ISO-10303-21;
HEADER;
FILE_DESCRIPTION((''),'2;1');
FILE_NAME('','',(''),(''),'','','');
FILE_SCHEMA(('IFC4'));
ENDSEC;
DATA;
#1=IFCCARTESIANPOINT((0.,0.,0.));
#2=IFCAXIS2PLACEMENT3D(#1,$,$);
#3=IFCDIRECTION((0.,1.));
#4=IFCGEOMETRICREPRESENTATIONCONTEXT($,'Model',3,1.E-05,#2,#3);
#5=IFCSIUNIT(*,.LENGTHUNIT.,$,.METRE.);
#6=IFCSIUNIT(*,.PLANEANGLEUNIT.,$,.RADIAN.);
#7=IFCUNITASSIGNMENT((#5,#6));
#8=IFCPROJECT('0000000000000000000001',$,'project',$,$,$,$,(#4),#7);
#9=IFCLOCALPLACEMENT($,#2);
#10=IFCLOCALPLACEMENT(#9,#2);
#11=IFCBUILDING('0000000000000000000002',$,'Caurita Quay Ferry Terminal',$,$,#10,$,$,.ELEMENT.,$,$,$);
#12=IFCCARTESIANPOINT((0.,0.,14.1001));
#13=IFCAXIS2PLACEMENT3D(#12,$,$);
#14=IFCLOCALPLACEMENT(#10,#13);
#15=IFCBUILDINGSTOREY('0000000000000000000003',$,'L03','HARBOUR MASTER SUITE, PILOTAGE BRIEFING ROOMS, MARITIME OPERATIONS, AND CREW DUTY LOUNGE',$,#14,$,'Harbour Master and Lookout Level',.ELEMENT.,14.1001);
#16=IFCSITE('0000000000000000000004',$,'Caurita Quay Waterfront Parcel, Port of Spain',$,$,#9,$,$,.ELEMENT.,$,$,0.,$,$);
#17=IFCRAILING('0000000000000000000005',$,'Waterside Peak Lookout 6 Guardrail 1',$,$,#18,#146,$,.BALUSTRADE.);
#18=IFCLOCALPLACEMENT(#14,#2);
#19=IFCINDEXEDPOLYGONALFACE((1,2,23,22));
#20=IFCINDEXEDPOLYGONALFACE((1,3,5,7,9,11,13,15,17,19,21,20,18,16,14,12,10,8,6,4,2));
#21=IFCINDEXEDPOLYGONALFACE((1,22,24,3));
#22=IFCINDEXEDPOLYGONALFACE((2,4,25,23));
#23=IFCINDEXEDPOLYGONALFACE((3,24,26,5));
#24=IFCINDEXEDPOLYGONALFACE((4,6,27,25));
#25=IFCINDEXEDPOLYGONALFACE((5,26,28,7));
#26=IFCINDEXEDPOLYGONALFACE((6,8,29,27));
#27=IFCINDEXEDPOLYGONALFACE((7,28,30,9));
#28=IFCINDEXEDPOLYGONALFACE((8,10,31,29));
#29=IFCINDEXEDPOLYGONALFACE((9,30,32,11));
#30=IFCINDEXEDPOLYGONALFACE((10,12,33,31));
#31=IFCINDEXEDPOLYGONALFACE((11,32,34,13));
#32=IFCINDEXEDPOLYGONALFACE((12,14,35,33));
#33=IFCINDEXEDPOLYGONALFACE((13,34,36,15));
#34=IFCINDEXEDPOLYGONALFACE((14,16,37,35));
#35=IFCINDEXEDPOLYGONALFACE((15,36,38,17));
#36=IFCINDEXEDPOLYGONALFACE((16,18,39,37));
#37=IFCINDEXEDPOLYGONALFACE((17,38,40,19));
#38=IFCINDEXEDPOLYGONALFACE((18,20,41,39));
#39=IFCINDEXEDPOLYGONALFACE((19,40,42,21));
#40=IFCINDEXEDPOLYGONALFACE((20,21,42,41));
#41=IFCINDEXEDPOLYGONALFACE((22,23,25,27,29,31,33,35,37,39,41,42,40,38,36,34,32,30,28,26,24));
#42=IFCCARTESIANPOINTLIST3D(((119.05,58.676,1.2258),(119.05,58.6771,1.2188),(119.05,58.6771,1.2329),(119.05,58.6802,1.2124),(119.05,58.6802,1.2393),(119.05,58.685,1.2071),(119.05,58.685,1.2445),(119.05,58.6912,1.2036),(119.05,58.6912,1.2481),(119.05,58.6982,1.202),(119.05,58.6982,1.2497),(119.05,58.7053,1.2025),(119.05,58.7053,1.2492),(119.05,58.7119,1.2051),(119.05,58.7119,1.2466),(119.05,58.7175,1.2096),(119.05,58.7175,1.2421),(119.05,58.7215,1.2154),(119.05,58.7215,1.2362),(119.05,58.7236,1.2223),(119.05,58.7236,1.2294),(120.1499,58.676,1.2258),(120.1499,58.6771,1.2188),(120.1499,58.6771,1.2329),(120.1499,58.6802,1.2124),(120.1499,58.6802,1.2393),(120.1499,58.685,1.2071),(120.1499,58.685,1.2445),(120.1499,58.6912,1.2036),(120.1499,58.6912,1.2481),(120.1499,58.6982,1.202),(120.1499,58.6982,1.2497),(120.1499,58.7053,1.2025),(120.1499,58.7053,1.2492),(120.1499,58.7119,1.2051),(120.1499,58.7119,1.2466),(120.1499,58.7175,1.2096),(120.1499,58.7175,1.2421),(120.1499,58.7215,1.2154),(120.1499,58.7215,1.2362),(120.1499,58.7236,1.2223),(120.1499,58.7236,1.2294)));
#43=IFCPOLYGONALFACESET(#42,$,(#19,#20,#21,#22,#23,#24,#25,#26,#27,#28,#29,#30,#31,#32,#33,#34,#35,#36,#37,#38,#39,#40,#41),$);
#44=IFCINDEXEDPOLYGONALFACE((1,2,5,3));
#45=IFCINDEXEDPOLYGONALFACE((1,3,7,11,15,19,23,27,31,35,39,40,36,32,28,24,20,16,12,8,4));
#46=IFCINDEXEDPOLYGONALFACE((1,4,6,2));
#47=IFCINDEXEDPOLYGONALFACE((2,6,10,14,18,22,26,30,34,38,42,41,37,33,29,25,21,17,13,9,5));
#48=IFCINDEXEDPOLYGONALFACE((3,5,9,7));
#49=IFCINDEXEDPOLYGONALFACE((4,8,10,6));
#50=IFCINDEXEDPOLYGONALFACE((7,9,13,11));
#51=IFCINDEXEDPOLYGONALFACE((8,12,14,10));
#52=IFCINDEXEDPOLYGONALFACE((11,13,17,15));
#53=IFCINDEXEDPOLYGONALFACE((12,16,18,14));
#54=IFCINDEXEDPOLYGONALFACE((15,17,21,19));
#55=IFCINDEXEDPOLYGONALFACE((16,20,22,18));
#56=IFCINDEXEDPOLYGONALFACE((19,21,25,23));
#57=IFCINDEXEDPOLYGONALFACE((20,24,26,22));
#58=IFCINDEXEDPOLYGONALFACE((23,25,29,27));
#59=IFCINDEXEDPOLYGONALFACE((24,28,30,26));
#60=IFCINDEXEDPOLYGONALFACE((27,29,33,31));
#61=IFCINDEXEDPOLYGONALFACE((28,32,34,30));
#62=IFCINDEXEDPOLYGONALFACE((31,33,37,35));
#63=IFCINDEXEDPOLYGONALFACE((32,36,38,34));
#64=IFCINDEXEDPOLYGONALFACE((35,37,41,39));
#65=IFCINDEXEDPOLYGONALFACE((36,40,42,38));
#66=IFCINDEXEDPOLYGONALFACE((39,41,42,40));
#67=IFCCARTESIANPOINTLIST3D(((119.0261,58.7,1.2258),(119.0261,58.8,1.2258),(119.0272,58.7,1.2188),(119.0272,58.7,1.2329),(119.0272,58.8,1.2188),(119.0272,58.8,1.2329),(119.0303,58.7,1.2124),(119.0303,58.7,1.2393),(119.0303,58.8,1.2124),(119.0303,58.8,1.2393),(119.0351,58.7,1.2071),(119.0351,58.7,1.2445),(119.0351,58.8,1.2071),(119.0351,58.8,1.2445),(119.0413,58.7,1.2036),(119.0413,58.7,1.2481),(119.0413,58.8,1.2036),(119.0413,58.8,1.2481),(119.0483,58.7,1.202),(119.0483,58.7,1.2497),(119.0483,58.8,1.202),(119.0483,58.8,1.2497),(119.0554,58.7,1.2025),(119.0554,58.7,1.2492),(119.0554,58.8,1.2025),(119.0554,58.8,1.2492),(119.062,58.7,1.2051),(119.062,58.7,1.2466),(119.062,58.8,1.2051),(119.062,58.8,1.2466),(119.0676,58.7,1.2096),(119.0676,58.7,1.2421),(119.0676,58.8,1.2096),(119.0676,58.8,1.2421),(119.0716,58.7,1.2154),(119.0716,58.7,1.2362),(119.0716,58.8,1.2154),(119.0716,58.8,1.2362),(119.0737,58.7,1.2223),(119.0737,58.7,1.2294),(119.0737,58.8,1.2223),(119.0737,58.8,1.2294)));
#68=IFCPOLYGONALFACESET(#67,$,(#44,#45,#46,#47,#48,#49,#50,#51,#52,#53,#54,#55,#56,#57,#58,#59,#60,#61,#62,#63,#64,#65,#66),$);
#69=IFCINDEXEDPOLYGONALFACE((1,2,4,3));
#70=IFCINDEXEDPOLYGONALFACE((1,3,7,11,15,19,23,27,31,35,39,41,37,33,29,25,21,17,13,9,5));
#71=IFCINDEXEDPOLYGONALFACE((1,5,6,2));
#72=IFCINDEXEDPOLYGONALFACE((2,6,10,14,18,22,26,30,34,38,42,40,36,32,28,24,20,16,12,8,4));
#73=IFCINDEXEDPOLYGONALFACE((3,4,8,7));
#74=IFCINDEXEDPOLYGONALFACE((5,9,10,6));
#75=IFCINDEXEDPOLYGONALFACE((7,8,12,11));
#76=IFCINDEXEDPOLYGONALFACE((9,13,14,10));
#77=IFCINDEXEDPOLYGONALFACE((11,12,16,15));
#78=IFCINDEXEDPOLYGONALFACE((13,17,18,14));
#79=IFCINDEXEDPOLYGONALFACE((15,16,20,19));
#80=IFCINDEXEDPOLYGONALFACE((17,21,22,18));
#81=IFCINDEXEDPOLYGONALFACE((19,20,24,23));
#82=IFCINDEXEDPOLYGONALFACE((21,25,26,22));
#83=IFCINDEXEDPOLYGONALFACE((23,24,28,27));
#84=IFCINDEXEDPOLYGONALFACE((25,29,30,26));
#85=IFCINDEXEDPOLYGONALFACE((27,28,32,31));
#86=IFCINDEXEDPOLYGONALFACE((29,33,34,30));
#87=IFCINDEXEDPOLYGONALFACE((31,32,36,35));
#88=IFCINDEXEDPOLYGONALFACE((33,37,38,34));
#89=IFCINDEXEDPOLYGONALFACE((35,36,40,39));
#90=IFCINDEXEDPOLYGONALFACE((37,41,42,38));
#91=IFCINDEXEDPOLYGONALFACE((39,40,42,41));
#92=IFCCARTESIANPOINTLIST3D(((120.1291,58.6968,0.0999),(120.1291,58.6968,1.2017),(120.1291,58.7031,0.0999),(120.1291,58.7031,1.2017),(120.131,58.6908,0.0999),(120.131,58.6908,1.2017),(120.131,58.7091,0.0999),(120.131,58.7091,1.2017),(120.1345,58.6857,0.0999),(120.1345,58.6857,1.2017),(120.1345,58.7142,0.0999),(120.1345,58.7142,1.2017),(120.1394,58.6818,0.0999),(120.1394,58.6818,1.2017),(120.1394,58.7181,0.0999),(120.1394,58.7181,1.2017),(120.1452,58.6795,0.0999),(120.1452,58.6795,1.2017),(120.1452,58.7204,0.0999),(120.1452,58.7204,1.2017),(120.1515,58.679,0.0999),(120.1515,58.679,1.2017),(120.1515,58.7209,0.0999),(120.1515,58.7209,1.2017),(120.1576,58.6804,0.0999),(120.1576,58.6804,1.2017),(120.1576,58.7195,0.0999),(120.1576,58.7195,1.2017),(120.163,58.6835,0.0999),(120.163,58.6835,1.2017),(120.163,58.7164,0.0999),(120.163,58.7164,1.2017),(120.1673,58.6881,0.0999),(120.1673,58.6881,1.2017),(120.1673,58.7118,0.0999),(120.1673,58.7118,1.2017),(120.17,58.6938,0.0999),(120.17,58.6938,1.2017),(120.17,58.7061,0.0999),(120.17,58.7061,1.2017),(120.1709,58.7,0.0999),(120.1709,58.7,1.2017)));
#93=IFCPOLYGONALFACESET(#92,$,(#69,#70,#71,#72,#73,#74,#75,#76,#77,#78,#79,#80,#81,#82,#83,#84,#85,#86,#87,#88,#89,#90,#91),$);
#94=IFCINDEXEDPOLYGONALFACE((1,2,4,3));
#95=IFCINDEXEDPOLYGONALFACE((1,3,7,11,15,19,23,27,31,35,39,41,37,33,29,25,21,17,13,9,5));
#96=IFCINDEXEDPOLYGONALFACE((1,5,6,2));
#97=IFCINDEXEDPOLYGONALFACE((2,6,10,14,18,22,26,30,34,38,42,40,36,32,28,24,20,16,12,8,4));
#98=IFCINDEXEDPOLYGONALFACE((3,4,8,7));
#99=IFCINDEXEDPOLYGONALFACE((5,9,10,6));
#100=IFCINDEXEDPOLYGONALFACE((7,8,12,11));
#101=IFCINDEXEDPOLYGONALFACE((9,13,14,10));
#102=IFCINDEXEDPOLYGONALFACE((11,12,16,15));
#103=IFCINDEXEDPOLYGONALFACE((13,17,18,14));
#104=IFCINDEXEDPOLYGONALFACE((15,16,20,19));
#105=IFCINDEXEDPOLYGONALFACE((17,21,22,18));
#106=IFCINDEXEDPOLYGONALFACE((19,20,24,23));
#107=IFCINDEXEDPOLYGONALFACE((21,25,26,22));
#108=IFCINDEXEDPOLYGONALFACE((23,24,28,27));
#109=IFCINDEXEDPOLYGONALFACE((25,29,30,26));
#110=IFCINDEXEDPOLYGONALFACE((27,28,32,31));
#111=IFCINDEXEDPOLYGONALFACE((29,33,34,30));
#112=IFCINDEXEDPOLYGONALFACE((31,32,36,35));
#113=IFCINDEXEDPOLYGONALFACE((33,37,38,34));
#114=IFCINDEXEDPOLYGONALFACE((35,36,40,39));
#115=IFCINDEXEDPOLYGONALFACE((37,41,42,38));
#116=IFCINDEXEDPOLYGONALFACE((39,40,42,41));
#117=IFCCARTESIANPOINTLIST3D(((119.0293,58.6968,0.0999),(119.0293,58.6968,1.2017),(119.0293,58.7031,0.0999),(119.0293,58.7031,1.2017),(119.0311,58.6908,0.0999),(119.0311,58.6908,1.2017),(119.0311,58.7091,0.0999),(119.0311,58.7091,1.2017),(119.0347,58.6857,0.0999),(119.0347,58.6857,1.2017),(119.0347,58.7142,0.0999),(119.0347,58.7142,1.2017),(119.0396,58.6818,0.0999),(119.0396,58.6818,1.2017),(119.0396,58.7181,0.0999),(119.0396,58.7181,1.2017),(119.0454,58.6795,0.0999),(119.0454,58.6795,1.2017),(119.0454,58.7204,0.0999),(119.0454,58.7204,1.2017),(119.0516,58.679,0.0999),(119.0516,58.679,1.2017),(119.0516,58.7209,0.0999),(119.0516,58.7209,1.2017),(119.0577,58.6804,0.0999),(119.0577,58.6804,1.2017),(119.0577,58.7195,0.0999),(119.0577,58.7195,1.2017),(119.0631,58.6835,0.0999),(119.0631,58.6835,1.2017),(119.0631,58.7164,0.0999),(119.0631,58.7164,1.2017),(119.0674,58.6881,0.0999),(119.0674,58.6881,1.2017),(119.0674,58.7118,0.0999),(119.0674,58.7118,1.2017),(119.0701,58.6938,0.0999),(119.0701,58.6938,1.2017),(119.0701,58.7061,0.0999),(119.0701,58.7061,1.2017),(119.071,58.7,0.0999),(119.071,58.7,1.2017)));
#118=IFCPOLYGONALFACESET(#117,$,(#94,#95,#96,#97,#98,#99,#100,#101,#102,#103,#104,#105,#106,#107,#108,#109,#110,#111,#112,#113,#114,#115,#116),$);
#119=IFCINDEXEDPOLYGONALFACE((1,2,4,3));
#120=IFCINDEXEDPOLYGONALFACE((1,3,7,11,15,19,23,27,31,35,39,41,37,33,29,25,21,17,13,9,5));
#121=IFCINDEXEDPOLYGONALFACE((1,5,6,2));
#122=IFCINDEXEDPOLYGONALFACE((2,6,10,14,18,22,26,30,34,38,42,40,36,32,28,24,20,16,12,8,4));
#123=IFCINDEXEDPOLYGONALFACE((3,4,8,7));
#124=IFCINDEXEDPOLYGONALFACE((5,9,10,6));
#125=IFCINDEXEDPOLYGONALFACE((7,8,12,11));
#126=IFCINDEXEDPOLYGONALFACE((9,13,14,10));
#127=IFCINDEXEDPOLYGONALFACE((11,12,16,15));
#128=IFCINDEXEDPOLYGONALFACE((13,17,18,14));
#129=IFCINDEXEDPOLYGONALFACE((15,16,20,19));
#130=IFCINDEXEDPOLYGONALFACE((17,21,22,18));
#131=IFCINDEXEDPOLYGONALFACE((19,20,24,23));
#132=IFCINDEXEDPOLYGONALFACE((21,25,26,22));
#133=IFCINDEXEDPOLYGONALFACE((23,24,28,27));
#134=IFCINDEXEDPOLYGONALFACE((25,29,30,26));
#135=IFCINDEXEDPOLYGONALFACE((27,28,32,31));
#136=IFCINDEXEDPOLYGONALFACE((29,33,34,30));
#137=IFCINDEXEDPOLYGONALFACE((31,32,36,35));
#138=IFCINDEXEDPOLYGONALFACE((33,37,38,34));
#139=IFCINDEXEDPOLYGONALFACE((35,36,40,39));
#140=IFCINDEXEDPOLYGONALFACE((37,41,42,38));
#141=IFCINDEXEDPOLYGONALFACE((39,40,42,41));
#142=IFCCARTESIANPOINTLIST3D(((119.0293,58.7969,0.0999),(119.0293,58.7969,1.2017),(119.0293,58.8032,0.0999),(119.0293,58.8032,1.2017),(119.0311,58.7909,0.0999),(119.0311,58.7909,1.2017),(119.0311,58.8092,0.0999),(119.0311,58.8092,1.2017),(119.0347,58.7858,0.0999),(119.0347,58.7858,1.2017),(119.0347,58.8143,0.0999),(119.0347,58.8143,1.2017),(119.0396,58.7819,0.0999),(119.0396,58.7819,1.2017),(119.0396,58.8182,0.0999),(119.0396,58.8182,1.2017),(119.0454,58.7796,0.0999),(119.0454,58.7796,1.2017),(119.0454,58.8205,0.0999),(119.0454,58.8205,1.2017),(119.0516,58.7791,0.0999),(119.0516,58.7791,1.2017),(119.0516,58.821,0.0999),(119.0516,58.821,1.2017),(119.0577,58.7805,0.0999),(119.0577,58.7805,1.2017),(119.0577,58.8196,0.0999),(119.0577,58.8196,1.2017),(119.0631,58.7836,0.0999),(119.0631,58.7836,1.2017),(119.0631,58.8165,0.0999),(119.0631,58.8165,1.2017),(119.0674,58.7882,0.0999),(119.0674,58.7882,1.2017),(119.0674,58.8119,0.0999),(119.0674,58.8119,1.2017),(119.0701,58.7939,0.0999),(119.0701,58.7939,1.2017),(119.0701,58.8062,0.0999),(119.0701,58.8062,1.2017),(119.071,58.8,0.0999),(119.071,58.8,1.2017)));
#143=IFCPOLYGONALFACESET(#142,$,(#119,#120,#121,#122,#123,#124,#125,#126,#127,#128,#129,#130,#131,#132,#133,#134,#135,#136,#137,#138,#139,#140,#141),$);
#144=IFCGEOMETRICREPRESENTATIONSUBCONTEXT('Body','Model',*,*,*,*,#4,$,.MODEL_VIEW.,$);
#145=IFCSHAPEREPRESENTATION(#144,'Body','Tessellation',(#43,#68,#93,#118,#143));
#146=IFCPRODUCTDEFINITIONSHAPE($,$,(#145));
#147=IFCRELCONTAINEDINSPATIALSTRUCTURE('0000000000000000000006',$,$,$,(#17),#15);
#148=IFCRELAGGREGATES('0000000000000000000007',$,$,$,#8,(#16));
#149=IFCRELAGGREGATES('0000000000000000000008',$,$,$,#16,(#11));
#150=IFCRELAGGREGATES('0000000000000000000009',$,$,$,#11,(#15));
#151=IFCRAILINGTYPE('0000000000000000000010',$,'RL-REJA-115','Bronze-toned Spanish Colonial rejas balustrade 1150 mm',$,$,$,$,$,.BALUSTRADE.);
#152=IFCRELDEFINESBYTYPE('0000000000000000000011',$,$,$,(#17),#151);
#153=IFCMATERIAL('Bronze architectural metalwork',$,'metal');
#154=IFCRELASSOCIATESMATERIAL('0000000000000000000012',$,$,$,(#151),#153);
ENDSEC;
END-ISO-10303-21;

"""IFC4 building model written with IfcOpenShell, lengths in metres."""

from ifc_helpers import new_model, si_unit, direction, frame, origin, origin_2d, place, context, subcontext, project, spatial, circle, extrude, material, type_object, element, save


model = new_model("IFC4")

# Units and contexts
model_context = context("Model", 3, precision=1e-05, world=origin(), true_north=direction((0.0, 1.0)))
body_context = subcontext(model_context, "Body", "Model", "MODEL_VIEW")
ifc_project = project(units=[si_unit("LENGTHUNIT", "METRE"), si_unit("PLANEANGLEUNIT", "RADIAN")], contexts=[model_context])

# Site, building, storey
site_placement = place(None, origin())
site = spatial("IfcSite", under=ifc_project, at=site_placement, Name="Caurita Quay Waterfront Parcel, Port of Spain", CompositionType="ELEMENT", RefElevation=0.0)
building_placement = place(site_placement, origin())
building = spatial("IfcBuilding", under=site, at=building_placement, Name="Caurita Quay Ferry Terminal", CompositionType="ELEMENT")
storey_placement = place(building_placement, frame((0.0, 0.0, 14.1001)))
storey = spatial("IfcBuildingStorey", under=building, at=storey_placement, Name="L03", Description="HARBOUR MASTER SUITE, PILOTAGE BRIEFING ROOMS, MARITIME OPERATIONS, AND CREW DUTY LOUNGE", LongName="Harbour Master and Lookout Level", CompositionType="ELEMENT", Elevation=14.1001)

# Railing
ifc_material_1 = material(Name="Bronze architectural metalwork", Category="metal")
railing_type_1 = type_object("IfcRailingType", Name="RL-REJA-115", Description="Bronze-toned Spanish Colonial rejas balustrade 1150 mm", PredefinedType="BALUSTRADE", material=ifc_material_1)
railing_1_placement = place(storey_placement, frame((120.1499, 58.7, 0.0999)))
element("IfcRailing", 1, at=railing_1_placement, inside=storey, type_object=railing_type_1, Name="Waterside Peak Lookout 6 Guardrail 1", PredefinedType="BALUSTRADE", context=body_context, shape_type="SweptSolid", body=[
    extrude(circle(Radius=0.0239, at=origin_2d()), frame((0.0, 0.0, 1.126), z_axis=(-1.0, 0.0, 0.0), x_axis=(0.0, -1.0, 0.0)), (0.0, 0.0, 1.0), 1.0999),
    extrude(circle(Radius=0.0239, at=origin_2d()), frame((-1.0999, 0.0, 1.126), z_axis=(0.0, 1.0, 0.0), x_axis=(-1.0, 0.0, 0.0)), (0.0, 0.0, 1.0), 0.1001),
    extrude(circle(Radius=0.021, at=origin_2d()), origin(), (0.0, 0.0, 1.0), 1.1018),
    extrude(circle(Radius=0.021, at=origin_2d()), frame((-1.0999, 0.0, 0.0)), (0.0, 0.0, 1.0), 1.1018),
    extrude(circle(Radius=0.021, at=origin_2d()), frame((-1.0999, 0.1001, 0.0)), (0.0, 0.0, 1.0), 1.1018),
])

save(model, "model.ifc")
